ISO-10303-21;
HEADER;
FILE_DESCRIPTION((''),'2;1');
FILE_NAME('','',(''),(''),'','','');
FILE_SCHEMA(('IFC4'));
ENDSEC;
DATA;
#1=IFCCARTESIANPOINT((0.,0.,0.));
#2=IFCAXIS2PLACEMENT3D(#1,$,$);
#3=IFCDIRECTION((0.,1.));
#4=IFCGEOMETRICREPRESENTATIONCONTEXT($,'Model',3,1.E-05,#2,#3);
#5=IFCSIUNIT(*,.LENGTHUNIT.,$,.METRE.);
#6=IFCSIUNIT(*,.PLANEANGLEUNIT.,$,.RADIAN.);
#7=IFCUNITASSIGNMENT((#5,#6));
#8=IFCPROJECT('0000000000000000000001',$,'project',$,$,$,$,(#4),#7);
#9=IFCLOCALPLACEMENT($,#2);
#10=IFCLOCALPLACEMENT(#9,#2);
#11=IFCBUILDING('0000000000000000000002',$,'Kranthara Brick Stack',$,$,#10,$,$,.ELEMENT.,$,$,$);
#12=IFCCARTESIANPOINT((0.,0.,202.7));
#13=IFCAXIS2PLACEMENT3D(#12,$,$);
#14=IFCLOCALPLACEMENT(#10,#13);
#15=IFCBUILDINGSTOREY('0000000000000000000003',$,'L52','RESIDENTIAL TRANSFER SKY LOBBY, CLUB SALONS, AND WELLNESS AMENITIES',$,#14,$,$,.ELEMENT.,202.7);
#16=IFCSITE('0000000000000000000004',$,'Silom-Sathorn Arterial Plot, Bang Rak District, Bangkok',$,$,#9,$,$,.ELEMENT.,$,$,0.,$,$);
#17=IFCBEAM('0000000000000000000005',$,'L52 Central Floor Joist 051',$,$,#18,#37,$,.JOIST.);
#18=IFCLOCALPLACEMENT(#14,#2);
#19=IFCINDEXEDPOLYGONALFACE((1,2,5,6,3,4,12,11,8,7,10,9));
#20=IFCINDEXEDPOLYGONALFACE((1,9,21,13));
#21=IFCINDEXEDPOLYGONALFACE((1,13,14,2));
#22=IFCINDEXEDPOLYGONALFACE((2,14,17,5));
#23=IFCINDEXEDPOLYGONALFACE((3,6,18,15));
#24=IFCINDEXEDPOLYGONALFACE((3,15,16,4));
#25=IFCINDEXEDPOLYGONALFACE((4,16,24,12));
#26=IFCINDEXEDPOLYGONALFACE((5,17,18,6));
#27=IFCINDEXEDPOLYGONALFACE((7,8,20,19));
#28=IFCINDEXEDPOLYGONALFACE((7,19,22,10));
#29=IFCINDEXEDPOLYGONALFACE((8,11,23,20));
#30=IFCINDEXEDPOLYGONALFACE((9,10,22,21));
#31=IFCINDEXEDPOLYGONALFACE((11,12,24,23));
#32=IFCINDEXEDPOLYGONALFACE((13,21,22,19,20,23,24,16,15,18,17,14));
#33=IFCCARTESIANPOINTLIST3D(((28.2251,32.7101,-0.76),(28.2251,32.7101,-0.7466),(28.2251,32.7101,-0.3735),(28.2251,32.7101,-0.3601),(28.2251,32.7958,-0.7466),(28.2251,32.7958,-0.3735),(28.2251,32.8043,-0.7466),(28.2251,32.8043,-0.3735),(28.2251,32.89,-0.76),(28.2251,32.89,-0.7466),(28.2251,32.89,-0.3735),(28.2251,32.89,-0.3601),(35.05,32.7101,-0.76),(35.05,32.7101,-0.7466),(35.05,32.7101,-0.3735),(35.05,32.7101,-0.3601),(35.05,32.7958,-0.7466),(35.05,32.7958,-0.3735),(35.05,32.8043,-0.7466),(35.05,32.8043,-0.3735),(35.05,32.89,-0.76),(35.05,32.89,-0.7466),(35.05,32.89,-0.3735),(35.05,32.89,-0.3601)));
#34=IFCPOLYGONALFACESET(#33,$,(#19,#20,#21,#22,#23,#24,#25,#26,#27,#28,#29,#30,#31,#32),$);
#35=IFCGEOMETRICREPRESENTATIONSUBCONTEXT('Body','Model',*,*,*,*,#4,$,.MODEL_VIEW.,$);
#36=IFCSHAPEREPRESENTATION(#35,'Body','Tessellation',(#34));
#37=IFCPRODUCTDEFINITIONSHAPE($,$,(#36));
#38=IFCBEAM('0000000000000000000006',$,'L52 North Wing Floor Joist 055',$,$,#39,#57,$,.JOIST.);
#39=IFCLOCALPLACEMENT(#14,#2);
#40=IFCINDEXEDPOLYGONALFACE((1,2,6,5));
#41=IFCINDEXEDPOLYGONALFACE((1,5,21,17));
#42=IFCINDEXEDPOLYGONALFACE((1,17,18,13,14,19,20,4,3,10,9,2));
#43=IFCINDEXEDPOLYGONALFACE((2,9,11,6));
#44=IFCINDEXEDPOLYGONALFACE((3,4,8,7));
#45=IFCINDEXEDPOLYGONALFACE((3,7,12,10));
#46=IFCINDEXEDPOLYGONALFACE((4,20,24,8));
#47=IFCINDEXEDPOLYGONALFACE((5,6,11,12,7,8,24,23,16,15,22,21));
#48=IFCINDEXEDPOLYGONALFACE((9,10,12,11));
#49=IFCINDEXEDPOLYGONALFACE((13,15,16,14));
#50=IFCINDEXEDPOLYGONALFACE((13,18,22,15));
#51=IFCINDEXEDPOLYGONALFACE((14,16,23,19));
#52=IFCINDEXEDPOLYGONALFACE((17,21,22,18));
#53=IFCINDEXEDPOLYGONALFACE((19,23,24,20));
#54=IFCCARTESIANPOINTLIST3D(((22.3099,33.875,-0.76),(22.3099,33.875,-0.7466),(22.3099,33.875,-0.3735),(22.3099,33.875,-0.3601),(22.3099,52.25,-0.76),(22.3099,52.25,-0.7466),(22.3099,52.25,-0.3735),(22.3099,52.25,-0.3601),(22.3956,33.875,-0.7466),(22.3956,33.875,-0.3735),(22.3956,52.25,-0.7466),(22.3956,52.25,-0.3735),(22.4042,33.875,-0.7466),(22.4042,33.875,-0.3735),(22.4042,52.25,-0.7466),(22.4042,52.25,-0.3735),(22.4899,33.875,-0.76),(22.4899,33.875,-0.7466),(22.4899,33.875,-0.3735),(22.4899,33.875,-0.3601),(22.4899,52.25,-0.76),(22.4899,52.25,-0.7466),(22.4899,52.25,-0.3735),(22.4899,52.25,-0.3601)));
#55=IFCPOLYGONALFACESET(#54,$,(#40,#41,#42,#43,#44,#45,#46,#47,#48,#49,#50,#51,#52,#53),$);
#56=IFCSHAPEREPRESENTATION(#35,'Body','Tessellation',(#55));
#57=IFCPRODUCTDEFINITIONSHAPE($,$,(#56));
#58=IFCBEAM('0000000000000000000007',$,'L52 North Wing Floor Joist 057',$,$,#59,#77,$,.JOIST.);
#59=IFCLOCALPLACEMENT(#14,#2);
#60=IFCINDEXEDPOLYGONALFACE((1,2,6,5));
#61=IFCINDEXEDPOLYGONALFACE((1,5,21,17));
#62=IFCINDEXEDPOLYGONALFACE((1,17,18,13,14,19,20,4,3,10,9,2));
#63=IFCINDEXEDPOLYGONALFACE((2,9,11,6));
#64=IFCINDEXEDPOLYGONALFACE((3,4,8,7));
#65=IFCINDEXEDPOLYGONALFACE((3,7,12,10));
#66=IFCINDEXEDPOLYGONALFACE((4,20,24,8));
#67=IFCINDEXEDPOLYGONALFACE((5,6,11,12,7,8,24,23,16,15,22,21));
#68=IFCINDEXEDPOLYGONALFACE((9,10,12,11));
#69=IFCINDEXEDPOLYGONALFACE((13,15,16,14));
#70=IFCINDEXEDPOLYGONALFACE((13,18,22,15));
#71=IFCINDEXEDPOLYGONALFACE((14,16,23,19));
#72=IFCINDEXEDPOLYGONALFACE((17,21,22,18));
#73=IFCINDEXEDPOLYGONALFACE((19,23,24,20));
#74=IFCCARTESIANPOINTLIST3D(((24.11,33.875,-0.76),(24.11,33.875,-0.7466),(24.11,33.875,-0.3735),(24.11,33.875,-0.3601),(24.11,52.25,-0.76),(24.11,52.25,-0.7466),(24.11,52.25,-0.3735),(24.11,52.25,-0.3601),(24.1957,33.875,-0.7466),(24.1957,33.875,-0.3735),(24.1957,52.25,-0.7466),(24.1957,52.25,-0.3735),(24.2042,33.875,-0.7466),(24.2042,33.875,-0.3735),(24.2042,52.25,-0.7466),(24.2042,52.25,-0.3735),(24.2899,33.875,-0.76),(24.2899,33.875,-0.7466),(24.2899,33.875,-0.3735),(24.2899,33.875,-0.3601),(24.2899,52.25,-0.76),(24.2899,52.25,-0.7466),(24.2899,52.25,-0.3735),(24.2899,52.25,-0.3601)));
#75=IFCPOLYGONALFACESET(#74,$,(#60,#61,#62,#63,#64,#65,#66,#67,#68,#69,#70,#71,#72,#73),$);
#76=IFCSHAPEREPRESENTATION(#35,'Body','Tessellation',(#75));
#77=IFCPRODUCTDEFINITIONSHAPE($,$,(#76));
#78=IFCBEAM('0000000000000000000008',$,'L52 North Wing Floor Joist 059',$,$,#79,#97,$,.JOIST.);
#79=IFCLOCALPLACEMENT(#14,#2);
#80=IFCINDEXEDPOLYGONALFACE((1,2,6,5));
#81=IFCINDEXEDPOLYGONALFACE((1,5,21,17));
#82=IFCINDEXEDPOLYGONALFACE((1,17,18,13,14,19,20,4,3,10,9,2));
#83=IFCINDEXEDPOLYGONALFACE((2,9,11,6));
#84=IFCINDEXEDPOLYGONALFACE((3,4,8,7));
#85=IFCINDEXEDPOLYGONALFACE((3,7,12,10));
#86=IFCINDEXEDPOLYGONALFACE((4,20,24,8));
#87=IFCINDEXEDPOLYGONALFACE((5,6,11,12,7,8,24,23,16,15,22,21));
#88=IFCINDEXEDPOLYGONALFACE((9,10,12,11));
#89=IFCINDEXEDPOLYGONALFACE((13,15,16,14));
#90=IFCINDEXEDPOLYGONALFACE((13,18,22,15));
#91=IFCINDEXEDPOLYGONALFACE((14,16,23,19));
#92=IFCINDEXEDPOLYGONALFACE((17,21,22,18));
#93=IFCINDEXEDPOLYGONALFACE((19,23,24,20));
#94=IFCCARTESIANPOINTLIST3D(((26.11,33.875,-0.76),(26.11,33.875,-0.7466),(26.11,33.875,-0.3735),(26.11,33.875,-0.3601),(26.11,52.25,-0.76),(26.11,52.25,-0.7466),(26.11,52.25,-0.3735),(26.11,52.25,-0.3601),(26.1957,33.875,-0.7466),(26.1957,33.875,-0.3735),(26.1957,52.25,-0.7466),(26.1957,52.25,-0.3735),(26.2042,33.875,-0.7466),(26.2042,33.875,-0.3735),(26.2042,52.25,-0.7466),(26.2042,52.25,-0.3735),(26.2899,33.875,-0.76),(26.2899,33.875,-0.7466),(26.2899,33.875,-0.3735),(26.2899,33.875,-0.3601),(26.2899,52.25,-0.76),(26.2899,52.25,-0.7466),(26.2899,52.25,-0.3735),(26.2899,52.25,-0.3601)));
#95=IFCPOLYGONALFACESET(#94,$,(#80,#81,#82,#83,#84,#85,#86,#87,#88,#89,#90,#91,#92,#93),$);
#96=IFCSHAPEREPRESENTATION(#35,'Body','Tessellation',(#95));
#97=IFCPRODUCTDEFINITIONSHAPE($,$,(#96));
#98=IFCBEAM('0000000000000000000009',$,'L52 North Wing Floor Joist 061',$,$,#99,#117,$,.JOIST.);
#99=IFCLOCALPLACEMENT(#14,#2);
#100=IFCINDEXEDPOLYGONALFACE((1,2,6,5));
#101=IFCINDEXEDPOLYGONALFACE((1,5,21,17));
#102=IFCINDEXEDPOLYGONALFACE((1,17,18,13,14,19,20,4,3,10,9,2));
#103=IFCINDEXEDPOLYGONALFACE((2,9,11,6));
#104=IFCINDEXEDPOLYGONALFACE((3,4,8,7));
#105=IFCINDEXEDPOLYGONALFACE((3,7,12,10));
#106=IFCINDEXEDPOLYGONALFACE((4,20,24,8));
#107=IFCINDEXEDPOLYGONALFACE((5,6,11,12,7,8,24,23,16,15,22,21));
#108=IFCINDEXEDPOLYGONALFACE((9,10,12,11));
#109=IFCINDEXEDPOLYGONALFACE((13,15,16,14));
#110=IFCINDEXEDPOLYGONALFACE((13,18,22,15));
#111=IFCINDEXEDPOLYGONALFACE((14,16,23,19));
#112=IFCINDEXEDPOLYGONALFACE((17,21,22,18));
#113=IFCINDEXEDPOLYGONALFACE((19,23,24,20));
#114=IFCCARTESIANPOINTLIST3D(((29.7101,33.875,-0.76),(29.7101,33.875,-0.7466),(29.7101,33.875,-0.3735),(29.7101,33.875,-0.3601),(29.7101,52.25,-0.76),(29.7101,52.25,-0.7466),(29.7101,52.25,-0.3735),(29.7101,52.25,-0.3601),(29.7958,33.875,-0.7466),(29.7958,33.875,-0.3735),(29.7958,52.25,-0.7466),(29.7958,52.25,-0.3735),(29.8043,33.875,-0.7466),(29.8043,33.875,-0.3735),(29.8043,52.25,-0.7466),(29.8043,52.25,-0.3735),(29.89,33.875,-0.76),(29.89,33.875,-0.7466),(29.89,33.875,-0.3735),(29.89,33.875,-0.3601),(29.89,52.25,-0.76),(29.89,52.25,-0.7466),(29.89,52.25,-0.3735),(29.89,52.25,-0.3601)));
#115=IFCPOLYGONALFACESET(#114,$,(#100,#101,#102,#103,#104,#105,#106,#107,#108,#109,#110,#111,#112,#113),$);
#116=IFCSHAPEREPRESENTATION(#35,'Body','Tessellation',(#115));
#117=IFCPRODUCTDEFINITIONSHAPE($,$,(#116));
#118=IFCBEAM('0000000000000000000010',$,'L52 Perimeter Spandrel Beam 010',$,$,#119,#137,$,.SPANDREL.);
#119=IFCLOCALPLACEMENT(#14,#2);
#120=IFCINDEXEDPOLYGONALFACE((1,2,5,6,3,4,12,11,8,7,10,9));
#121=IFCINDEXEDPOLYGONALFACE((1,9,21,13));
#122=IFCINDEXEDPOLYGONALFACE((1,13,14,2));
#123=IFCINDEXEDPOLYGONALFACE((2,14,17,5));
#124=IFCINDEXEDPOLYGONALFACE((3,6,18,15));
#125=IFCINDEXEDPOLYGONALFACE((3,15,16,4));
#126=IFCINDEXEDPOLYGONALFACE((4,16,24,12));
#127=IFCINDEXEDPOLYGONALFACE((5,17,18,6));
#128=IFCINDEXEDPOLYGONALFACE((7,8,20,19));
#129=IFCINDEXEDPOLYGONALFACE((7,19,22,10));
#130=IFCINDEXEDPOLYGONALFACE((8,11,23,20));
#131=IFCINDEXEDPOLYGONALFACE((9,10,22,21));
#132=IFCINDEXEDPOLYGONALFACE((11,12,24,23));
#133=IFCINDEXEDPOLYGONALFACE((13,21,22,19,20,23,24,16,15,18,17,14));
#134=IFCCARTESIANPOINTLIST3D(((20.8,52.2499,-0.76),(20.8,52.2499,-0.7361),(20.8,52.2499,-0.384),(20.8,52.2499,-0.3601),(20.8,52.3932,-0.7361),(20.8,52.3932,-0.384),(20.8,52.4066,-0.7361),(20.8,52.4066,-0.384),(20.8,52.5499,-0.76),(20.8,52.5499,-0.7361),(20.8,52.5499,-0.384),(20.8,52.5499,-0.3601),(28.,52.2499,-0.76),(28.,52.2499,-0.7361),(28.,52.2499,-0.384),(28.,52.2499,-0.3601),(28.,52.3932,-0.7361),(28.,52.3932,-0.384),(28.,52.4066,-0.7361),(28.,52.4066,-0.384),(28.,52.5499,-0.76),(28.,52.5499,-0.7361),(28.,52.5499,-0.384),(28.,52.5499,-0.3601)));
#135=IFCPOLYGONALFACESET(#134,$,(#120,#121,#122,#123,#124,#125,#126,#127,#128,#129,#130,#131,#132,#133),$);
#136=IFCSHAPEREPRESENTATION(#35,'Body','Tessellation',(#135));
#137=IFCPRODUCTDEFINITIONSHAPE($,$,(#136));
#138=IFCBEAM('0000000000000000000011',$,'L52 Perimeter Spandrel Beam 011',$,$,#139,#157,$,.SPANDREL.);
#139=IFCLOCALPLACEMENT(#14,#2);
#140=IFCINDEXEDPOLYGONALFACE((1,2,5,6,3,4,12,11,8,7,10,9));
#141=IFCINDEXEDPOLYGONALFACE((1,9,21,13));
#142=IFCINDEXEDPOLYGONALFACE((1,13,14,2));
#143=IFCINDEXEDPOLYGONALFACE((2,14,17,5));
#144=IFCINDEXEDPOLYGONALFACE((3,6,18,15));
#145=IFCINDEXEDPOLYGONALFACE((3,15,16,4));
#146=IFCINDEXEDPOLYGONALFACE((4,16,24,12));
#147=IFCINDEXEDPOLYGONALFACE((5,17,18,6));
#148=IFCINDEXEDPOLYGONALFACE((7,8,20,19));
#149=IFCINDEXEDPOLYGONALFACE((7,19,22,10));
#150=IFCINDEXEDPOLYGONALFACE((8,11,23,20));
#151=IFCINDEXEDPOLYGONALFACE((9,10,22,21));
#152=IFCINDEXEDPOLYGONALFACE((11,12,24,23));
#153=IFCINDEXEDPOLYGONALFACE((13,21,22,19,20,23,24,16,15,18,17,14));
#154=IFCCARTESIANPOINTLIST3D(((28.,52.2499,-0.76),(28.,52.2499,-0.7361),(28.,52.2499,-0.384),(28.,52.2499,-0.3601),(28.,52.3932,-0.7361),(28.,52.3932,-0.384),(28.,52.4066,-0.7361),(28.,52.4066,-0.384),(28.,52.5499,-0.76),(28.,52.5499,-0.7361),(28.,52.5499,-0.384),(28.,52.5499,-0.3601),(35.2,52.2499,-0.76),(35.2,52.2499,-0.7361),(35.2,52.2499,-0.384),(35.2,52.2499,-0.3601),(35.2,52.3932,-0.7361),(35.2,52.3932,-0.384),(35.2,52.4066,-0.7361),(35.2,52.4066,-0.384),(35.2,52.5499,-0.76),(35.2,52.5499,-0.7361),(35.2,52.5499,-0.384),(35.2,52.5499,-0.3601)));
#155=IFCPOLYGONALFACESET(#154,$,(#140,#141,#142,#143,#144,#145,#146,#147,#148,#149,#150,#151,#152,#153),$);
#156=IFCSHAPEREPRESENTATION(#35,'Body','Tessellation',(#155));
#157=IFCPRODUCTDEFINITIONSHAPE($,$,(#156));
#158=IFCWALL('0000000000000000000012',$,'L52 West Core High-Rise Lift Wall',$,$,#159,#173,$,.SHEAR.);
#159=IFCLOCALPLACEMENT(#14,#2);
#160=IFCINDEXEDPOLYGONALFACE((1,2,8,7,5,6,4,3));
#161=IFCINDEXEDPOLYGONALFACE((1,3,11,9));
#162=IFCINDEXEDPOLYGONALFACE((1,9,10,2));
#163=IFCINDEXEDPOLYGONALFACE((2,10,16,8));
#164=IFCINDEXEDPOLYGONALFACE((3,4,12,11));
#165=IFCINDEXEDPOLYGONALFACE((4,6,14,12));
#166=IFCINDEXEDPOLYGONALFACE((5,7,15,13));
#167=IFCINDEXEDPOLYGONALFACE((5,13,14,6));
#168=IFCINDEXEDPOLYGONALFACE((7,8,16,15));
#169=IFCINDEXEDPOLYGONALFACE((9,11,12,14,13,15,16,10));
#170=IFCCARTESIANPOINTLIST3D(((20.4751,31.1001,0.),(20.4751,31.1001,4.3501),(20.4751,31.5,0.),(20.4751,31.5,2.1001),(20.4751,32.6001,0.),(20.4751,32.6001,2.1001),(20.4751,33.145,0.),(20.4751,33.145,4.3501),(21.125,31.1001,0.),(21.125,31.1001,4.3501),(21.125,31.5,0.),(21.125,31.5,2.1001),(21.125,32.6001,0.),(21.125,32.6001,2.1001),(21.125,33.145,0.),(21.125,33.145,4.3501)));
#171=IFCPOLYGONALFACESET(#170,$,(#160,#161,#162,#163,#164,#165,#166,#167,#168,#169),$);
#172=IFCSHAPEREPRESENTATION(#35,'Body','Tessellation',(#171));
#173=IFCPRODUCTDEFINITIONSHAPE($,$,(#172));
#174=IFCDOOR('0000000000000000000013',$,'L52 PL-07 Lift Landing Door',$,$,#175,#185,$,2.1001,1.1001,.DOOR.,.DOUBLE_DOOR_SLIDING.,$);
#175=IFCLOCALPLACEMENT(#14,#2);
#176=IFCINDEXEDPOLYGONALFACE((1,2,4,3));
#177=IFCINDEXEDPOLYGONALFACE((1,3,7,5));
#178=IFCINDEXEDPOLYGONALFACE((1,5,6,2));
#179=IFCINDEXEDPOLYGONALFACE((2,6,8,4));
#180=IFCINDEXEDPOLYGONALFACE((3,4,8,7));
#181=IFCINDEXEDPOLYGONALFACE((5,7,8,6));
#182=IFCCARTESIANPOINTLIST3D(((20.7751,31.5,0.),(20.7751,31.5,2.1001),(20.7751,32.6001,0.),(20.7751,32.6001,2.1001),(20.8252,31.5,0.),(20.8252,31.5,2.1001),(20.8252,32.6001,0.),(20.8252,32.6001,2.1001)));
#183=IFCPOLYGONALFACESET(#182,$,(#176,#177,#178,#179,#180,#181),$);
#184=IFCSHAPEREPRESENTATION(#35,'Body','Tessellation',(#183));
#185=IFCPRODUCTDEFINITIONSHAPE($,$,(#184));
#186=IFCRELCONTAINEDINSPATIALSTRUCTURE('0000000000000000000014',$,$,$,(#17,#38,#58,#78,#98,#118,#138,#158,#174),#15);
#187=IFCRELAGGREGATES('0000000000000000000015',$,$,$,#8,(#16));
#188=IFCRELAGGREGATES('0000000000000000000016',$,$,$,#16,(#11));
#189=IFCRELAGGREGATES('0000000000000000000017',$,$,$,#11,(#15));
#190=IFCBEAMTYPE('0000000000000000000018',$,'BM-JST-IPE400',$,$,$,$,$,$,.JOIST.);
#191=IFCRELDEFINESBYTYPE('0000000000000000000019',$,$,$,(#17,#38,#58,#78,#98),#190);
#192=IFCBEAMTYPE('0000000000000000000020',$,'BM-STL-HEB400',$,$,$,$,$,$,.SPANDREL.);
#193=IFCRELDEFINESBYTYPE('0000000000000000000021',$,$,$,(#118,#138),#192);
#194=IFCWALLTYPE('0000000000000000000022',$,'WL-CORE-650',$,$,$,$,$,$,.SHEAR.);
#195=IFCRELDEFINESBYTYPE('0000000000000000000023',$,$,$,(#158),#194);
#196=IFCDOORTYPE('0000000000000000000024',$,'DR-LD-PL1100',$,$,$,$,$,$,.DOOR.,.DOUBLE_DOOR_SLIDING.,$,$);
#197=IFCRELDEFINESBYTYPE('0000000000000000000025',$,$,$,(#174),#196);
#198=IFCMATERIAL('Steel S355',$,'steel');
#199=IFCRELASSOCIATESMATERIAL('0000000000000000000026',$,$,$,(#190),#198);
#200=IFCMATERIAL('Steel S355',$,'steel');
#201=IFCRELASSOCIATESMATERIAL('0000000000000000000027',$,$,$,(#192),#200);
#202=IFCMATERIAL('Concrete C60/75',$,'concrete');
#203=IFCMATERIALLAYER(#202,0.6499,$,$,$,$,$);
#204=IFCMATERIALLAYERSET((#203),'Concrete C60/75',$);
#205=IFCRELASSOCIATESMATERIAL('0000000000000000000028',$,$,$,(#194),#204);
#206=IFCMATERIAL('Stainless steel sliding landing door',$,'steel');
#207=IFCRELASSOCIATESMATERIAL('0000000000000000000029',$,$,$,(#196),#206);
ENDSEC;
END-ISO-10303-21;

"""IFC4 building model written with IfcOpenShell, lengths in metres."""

from ifc_helpers import new_model, si_unit, direction, frame, frame_2d, origin, origin_2d, place, context, subcontext, project, spatial, rectangle, i_section, extrude, material, layer, layer_set, material_profile, profile_set, type_object, element, fill, save


model = new_model("IFC4")

# Units and contexts
model_context = context("Model", 3, precision=1e-05, world=origin(), true_north=direction((0.0, 1.0)))
body_context = subcontext(model_context, "Body", "Model", "MODEL_VIEW")
ifc_project = project(units=[si_unit("LENGTHUNIT", "METRE"), si_unit("PLANEANGLEUNIT", "RADIAN")], contexts=[model_context])

# Site, building, storey
site_placement = place(None, origin())
site = spatial("IfcSite", under=ifc_project, at=site_placement, Name="Silom-Sathorn Arterial Plot, Bang Rak District, Bangkok", CompositionType="ELEMENT", RefElevation=0.0)
building_placement = place(site_placement, origin())
building = spatial("IfcBuilding", under=site, at=building_placement, Name="Kranthara Brick Stack", CompositionType="ELEMENT")
storey_placement = place(building_placement, frame((0.0, 0.0, 202.7)))
storey = spatial("IfcBuildingStorey", under=building, at=storey_placement, Name="L52", Description="RESIDENTIAL TRANSFER SKY LOBBY, CLUB SALONS, AND WELLNESS AMENITIES", CompositionType="ELEMENT", Elevation=202.7)

# Beams
ifc_material_1 = material(Name="Steel S355", Category="steel")
ifc_material_profile_1 = material_profile(ifc_material_1, i_section(OverallWidth=0.1799, OverallDepth=0.3999, WebThickness=0.0085, FlangeThickness=0.0134, at=origin_2d()), Name="IPE 400")
ifc_profile_set_1 = profile_set([ifc_material_profile_1], Name="Steel S355")
beam_type_1 = type_object("IfcBeamType", Name="BM-JST-IPE400", PredefinedType="JOIST", material=ifc_profile_set_1)
for number, where, z_axis, x_axis, name in (
    (1, (28.2251, 32.8, -0.5601), (1.0, 0.0, 0.0), (0.0, 1.0, 0.0), "L52 Central Floor Joist 051"),
):
    element("IfcBeam", number, at=place(storey_placement, frame(where, z_axis=z_axis, x_axis=x_axis)), inside=storey, type_object=beam_type_1, Name=name, PredefinedType="JOIST", context=body_context, shape_type="SweptSolid", body=[
        extrude(i_section(OverallWidth=0.1799, OverallDepth=0.3999, WebThickness=0.0085, FlangeThickness=0.0134, at=origin_2d()), origin(), (0.0, 0.0, 1.0), 6.825),
    ])
for number, where, z_axis, x_axis, name in (
    (2, (22.3999, 33.875, -0.5601), (0.0, 1.0, 0.0), (-1.0, 0.0, 0.0), "L52 North Wing Floor Joist 055"),
    (3, (24.2, 33.875, -0.5601), (0.0, 1.0, 0.0), (-1.0, 0.0, 0.0), "L52 North Wing Floor Joist 057"),
    (4, (26.2, 33.875, -0.5601), (0.0, 1.0, 0.0), (-1.0, 0.0, 0.0), "L52 North Wing Floor Joist 059"),
    (5, (29.8, 33.875, -0.5601), (0.0, 1.0, 0.0), (-1.0, 0.0, 0.0), "L52 North Wing Floor Joist 061"),
):
    element("IfcBeam", number, at=place(storey_placement, frame(where, z_axis=z_axis, x_axis=x_axis)), inside=storey, type_object=beam_type_1, Name=name, PredefinedType="JOIST", context=body_context, shape_type="SweptSolid", body=[
        extrude(i_section(OverallWidth=0.1799, OverallDepth=0.3999, WebThickness=0.0085, FlangeThickness=0.0134, at=origin_2d()), origin(), (0.0, 0.0, 1.0), 18.375),
    ])
ifc_material_2 = material(Name="Steel S355", Category="steel")
ifc_material_profile_2 = material_profile(ifc_material_2, i_section(OverallWidth=0.3, OverallDepth=0.3999, WebThickness=0.0134, FlangeThickness=0.0239, at=origin_2d()), Name="HEB 400")
ifc_profile_set_2 = profile_set([ifc_material_profile_2], Name="Steel S355")
beam_type_2 = type_object("IfcBeamType", Name="BM-STL-HEB400", PredefinedType="SPANDREL", material=ifc_profile_set_2)
for number, where, z_axis, x_axis, name in (
    (6, (20.8, 52.3999, -0.5601), (1.0, 0.0, 0.0), (0.0, 1.0, 0.0), "L52 Perimeter Spandrel Beam 010"),
    (7, (28.0, 52.3999, -0.5601), (1.0, 0.0, 0.0), (0.0, 1.0, 0.0), "L52 Perimeter Spandrel Beam 011"),
):
    element("IfcBeam", number, at=place(storey_placement, frame(where, z_axis=z_axis, x_axis=x_axis)), inside=storey, type_object=beam_type_2, Name=name, PredefinedType="SPANDREL", context=body_context, shape_type="SweptSolid", body=[
        extrude(i_section(OverallWidth=0.3, OverallDepth=0.3999, WebThickness=0.0134, FlangeThickness=0.0239, at=origin_2d()), origin(), (0.0, 0.0, 1.0), 7.2),
    ])

# Wall, opening, door
ifc_material_3 = material(Name="Concrete C60/75", Category="concrete")
ifc_layer = layer(ifc_material_3, 0.6499)
ifc_layer_set = layer_set([ifc_layer], Name="Concrete C60/75")
wall_type = type_object("IfcWallType", Name="WL-CORE-650", PredefinedType="SHEAR", material=ifc_layer_set)
wall_placement = place(storey_placement, frame((20.8, 31.1001, 0.0), z_axis=(0.0, 0.0, 1.0), x_axis=(0.0, 1.0, 0.0)))
wall = element("IfcWall", 8, at=wall_placement, inside=storey, type_object=wall_type, Name="L52 West Core High-Rise Lift Wall", PredefinedType="SHEAR", context=body_context, shape_type="SweptSolid", body=[
    extrude(rectangle(XDim=2.0449, YDim=0.6499, at=frame_2d((1.0225, 0.0))), origin(), (0.0, 0.0, 1.0), 4.3501),
])
opening_placement = place(wall_placement, frame((0.3999, 0.0, 0.0)))
opening = element("IfcOpeningElement", 9, at=opening_placement, cuts=wall, PredefinedType="OPENING", context=body_context, shape_type="SweptSolid", body=[
    extrude(rectangle(XDim=1.1001, YDim=2.1001, at=frame_2d((0.55, 1.05))), frame((0.0, 0.335, 0.0), z_axis=(0.0, -1.0, 0.0), x_axis=(1.0, 0.0, 0.0)), (0.0, 0.0, 1.0), 0.6699),
])
ifc_material_4 = material(Name="Stainless steel sliding landing door", Category="steel")
door_type = type_object("IfcDoorType", Name="DR-LD-PL1100", OperationType="DOUBLE_DOOR_SLIDING", PredefinedType="DOOR", material=ifc_material_4)
door_placement = place(opening_placement, origin())
door = element("IfcDoor", 10, at=door_placement, inside=storey, type_object=door_type, Name="L52 PL-07 Lift Landing Door", OperationType="DOUBLE_DOOR_SLIDING", OverallHeight=2.1001, OverallWidth=1.1001, PredefinedType="DOOR", context=body_context, shape_type="SweptSolid", body=[
    extrude(rectangle(XDim=1.1001, YDim=2.1001, at=frame_2d((0.55, 1.05))), frame((0.0, 0.0249, 0.0), z_axis=(0.0, -1.0, 0.0), x_axis=(1.0, 0.0, 0.0)), (0.0, 0.0, 1.0), 0.05),
])
fill(opening, door)

save(model, "model.ifc")
